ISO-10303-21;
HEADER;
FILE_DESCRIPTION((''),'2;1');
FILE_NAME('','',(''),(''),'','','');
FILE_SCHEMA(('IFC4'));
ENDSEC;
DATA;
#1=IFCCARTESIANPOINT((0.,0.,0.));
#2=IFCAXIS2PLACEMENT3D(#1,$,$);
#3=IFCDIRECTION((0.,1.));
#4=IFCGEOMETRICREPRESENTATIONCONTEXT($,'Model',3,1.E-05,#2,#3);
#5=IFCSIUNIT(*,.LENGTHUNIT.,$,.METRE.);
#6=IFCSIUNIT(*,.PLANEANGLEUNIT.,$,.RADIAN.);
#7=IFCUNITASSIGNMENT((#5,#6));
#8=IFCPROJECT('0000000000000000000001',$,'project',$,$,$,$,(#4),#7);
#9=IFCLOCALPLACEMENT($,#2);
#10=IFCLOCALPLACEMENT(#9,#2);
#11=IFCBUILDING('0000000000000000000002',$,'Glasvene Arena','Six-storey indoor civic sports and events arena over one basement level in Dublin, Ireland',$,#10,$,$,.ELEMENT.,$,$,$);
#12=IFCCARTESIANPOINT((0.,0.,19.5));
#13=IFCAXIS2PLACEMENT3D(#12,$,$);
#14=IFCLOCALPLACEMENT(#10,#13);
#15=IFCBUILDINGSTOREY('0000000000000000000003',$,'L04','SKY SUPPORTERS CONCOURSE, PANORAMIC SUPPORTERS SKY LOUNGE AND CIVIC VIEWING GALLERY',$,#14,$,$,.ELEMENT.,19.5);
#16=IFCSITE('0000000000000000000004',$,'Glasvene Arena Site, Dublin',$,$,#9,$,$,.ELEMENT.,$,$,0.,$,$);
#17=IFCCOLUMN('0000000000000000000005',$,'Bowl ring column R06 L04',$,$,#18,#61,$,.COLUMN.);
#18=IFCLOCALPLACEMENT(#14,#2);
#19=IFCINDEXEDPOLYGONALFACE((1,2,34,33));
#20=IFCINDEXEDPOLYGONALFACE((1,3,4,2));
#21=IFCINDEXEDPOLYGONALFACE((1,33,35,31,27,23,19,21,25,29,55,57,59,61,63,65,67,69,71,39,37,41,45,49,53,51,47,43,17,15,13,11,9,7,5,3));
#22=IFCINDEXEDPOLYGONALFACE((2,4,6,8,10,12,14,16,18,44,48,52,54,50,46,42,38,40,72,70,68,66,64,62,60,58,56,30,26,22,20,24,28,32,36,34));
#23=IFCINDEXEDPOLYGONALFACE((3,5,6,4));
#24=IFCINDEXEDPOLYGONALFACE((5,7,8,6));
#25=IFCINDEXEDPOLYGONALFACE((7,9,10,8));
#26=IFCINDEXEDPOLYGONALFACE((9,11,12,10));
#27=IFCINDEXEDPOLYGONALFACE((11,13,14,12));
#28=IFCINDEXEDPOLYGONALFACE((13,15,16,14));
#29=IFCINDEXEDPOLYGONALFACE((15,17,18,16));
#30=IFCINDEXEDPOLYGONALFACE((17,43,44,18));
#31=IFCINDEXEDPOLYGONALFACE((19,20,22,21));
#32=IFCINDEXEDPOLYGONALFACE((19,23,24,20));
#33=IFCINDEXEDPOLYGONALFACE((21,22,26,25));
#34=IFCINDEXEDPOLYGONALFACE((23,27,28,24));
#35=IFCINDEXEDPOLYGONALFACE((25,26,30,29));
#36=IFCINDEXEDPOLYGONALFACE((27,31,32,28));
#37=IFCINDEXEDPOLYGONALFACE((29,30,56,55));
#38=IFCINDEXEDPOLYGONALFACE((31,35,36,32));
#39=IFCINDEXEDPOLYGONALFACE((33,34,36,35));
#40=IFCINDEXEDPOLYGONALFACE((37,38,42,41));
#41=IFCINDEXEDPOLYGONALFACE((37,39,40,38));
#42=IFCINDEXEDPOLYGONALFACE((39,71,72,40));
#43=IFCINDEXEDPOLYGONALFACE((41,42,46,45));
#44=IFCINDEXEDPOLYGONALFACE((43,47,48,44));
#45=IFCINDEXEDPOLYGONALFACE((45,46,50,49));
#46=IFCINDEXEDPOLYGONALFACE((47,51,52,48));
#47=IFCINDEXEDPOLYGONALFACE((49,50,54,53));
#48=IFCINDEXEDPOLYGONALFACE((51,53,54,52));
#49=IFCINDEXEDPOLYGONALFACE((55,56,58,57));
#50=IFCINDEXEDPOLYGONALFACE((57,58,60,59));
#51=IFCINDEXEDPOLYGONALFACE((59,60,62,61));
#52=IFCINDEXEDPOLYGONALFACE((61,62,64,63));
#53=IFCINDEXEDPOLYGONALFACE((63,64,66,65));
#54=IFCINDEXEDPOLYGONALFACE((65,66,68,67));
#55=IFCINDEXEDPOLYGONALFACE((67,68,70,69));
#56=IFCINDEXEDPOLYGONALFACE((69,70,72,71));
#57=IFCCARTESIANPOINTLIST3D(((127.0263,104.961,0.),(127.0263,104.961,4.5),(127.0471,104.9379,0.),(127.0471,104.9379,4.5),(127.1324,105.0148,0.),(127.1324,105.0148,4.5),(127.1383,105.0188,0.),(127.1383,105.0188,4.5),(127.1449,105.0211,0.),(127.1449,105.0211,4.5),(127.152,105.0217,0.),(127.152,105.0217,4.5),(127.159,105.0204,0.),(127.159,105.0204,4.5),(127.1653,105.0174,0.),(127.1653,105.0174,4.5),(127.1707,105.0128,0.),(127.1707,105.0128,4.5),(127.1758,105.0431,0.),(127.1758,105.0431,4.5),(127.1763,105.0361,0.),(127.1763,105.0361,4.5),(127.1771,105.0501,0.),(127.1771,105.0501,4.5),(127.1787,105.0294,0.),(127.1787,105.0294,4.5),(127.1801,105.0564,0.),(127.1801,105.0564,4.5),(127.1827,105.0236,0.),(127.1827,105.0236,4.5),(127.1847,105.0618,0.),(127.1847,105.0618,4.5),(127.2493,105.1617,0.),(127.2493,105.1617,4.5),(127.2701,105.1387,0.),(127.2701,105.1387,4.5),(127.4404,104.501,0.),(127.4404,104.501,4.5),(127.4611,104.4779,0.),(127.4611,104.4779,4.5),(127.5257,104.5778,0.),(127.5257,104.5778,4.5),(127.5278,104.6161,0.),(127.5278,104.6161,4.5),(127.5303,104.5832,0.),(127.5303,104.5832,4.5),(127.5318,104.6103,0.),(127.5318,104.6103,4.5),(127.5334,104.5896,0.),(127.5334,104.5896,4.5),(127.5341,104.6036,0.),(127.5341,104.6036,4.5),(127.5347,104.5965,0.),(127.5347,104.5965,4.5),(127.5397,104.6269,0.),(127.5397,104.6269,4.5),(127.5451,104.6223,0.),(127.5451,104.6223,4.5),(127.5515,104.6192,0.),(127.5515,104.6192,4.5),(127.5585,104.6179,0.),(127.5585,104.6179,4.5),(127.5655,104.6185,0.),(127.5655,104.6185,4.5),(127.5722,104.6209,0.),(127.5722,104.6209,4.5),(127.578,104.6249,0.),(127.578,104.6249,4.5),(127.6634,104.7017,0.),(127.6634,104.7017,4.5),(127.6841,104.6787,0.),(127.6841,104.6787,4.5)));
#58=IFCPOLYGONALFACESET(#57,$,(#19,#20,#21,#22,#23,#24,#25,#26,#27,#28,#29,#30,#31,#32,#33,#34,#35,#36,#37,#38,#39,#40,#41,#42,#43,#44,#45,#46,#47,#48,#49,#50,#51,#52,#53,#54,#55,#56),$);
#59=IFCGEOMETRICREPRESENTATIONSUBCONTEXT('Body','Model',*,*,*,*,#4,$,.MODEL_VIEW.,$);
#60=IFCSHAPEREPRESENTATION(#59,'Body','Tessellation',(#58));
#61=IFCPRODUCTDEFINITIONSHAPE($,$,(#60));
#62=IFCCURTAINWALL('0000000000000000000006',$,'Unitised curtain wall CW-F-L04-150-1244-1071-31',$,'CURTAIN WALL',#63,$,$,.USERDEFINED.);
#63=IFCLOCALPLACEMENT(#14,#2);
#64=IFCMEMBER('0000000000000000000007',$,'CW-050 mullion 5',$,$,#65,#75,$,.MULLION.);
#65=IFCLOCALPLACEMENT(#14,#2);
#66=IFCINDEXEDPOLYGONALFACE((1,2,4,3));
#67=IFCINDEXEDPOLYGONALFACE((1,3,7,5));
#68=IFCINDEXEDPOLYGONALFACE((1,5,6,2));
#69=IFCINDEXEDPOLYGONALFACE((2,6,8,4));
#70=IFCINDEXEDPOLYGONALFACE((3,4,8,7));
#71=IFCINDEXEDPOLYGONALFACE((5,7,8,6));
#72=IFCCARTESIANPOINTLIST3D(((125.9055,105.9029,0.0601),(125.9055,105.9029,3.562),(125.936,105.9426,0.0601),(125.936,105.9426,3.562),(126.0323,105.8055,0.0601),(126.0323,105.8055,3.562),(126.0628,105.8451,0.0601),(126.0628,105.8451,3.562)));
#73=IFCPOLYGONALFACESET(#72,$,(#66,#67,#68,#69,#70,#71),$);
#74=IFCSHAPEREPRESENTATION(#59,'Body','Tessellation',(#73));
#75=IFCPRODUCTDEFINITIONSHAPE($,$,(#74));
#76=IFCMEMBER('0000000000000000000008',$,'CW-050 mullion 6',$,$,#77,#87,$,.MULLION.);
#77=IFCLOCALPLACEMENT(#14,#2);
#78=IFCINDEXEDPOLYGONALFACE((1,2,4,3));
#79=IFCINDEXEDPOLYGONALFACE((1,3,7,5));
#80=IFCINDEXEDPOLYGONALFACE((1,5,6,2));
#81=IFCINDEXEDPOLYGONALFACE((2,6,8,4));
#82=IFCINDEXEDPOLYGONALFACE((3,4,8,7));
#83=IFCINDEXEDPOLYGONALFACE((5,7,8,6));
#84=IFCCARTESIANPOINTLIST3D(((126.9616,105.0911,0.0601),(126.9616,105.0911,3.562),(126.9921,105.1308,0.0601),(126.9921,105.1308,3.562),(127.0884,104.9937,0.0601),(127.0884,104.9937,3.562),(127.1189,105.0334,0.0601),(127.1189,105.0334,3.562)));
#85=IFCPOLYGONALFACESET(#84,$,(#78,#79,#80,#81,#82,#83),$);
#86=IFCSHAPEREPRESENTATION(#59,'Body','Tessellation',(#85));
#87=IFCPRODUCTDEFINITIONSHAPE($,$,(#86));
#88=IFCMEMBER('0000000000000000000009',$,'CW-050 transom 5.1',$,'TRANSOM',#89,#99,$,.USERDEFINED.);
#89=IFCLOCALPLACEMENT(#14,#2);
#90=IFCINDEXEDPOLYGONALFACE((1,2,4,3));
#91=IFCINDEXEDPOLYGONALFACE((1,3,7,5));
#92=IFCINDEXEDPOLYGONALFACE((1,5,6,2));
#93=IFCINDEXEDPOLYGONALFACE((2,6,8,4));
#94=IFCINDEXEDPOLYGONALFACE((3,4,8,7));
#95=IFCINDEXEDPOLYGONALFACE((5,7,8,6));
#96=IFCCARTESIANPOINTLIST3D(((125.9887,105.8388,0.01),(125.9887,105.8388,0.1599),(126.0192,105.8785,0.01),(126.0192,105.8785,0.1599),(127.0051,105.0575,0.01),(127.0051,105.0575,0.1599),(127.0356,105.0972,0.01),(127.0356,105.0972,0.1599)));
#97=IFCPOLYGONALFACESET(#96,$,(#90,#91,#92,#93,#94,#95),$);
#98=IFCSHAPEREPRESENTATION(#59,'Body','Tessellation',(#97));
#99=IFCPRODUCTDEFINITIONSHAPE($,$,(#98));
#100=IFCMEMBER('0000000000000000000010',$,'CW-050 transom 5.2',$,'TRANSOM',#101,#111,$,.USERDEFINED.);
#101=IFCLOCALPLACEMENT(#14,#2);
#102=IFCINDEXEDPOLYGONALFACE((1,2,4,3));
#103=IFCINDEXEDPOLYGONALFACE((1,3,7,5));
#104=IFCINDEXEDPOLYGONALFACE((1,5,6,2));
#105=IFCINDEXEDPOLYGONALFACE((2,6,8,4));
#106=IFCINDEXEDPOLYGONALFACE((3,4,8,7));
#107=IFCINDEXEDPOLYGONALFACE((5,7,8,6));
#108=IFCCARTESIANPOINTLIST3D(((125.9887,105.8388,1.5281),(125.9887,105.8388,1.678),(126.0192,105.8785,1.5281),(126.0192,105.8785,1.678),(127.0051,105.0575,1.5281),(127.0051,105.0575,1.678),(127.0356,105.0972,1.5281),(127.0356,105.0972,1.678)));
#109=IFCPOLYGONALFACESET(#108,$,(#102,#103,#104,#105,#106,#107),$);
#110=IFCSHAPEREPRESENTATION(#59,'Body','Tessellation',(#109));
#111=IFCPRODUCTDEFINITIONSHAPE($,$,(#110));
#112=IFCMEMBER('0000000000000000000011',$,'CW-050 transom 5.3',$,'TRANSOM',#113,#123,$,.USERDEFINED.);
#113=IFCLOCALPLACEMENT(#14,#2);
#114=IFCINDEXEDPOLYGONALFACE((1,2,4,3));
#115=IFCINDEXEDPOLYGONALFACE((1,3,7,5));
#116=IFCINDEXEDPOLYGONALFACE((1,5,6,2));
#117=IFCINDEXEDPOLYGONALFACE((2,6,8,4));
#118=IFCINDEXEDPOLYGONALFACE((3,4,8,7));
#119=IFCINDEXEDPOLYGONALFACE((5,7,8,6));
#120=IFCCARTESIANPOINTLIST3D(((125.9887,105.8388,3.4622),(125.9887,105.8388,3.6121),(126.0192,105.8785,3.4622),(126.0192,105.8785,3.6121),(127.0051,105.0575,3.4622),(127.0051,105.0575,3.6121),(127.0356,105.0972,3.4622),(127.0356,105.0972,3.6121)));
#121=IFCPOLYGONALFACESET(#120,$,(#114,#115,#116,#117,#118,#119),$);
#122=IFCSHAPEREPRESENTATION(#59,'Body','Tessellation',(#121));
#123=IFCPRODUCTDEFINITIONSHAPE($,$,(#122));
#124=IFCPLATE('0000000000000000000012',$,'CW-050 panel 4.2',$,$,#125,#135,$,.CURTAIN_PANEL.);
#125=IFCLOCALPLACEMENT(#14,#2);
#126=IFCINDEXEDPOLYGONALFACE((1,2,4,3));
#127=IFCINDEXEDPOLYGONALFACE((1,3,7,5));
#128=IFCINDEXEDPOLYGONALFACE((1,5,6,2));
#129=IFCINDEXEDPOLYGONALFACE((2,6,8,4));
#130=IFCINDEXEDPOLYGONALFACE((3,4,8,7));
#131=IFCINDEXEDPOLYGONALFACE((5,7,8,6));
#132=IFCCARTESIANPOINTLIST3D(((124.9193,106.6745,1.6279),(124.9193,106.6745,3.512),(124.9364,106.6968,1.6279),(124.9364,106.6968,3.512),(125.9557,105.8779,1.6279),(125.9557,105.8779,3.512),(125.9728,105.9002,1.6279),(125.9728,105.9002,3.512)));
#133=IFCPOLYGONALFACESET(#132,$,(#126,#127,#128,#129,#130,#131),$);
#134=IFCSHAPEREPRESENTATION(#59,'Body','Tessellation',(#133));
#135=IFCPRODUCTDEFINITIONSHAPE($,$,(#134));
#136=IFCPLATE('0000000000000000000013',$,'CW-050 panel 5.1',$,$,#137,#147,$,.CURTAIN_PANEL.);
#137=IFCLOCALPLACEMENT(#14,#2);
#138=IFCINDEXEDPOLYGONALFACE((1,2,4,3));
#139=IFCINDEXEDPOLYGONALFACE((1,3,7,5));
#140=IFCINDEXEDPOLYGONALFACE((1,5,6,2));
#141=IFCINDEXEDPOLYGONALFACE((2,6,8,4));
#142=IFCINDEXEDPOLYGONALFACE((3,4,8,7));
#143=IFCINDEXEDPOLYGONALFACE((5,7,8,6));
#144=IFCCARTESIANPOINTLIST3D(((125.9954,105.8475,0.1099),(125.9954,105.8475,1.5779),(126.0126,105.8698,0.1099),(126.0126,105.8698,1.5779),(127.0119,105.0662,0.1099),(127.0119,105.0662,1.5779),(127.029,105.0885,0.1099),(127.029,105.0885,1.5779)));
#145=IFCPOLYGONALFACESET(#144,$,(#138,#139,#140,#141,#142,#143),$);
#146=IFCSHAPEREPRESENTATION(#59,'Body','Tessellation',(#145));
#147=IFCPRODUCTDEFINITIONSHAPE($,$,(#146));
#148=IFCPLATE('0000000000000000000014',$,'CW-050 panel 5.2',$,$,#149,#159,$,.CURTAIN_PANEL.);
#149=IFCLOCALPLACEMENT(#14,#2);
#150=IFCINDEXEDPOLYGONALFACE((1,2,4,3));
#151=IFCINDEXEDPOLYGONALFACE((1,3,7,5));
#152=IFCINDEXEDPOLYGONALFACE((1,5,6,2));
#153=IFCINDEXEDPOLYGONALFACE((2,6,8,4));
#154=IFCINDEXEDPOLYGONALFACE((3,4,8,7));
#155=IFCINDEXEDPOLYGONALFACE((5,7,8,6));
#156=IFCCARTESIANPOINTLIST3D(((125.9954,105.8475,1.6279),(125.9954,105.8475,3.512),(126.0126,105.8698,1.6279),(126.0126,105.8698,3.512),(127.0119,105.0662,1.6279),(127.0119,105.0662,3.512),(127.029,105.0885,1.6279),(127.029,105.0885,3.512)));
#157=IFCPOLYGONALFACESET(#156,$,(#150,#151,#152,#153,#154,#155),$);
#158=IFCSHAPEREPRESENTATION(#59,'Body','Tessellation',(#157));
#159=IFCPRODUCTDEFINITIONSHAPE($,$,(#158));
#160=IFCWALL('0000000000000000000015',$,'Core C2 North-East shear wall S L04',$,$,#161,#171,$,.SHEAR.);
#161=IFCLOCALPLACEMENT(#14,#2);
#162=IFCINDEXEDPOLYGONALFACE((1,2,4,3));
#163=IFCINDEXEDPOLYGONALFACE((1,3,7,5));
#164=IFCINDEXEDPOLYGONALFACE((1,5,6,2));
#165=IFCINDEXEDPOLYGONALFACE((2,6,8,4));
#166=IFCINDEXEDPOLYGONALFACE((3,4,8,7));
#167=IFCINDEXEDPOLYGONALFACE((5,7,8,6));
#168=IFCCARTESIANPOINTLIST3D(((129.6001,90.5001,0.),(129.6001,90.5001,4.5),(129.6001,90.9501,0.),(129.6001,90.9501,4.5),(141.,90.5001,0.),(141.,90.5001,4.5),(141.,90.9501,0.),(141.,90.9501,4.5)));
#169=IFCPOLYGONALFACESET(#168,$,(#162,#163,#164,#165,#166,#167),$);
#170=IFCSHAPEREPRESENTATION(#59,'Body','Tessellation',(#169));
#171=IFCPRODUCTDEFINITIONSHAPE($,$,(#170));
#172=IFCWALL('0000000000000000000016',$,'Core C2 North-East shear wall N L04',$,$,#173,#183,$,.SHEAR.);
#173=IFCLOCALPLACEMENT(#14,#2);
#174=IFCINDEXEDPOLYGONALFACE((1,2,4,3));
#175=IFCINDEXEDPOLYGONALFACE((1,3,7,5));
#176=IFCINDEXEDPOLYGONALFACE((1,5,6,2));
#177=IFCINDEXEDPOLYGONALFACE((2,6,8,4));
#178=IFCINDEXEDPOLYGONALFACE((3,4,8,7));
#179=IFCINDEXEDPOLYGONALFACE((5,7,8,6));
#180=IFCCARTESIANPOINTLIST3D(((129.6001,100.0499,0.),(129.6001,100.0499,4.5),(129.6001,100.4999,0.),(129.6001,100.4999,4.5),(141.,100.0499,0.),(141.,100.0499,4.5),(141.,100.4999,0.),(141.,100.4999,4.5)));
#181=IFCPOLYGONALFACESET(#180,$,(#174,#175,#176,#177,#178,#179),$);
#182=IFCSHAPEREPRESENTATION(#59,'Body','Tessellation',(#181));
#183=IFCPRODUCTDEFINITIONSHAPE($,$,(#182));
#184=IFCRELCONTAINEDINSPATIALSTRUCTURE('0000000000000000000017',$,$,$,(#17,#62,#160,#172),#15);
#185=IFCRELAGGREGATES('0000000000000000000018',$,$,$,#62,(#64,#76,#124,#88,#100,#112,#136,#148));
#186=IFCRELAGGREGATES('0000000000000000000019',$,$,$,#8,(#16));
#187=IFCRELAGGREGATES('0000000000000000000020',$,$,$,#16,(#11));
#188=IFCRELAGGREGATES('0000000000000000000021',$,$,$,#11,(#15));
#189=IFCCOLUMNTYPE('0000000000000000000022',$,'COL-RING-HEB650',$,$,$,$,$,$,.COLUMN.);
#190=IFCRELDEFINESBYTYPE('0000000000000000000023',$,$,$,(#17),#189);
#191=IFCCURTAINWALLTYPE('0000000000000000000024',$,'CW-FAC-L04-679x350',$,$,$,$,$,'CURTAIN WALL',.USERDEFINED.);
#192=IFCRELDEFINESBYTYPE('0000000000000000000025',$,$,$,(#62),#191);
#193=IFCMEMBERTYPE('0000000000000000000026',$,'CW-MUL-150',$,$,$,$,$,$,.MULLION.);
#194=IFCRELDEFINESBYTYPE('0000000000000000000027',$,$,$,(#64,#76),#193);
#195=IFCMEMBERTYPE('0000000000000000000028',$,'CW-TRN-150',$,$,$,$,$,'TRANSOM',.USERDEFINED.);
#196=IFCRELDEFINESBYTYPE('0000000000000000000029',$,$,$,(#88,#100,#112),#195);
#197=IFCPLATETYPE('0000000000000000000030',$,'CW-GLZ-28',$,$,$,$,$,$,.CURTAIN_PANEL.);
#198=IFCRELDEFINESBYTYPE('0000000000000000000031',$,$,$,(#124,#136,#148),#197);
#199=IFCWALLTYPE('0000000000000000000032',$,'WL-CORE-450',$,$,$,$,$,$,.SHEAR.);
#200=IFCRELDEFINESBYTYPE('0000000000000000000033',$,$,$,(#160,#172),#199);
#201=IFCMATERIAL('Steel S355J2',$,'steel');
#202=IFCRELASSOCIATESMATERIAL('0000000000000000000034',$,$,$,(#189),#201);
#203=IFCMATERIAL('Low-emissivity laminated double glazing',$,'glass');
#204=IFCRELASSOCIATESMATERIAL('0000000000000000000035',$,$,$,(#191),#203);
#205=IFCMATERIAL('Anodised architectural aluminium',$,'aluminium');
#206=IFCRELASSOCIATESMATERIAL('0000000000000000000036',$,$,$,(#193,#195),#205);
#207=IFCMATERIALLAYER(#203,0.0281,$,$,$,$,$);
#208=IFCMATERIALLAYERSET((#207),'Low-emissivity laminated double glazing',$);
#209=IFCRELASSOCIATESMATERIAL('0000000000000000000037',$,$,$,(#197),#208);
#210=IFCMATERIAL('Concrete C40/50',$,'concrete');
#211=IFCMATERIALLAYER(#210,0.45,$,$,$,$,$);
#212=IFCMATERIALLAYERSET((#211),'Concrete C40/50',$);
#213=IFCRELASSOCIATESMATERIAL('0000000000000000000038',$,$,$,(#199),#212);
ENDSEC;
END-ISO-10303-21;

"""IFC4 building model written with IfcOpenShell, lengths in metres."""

from ifc_helpers import new_model, si_unit, direction, frame, frame_2d, origin, origin_2d, place, context, subcontext, project, spatial, rectangle, i_section, extrude, material, layer, layer_set, material_profile, profile_set, type_object, element, aggregate, save


model = new_model("IFC4")

# Units and contexts
model_context = context("Model", 3, precision=1e-05, world=origin(), true_north=direction((0.0, 1.0)))
body_context = subcontext(model_context, "Body", "Model", "MODEL_VIEW")
ifc_project = project(units=[si_unit("LENGTHUNIT", "METRE"), si_unit("PLANEANGLEUNIT", "RADIAN")], contexts=[model_context])

# Site, building, storey
site_placement = place(None, origin())
site = spatial("IfcSite", under=ifc_project, at=site_placement, Name="Glasvene Arena Site, Dublin", CompositionType="ELEMENT", RefElevation=0.0)
building_placement = place(site_placement, origin())
building = spatial("IfcBuilding", under=site, at=building_placement, Name="Glasvene Arena", Description="Six-storey indoor civic sports and events arena over one basement level in Dublin, Ireland", CompositionType="ELEMENT")
storey_placement = place(building_placement, frame((0.0, 0.0, 19.5)))
storey = spatial("IfcBuildingStorey", under=building, at=storey_placement, Name="L04", Description="SKY SUPPORTERS CONCOURSE, PANORAMIC SUPPORTERS SKY LOUNGE AND CIVIC VIEWING GALLERY", CompositionType="ELEMENT", Elevation=19.5)

# Column
ifc_material_1 = material(Name="Steel S355J2", Category="steel")
ifc_material_profile_1 = material_profile(ifc_material_1, i_section(OverallWidth=0.3, OverallDepth=0.6499, WebThickness=0.0161, FlangeThickness=0.031, FilletRadius=0.0271, at=origin_2d()), Name="HEB 650")
ifc_profile_set_1 = profile_set([ifc_material_profile_1], Name="Steel S355J2")
column_type = type_object("IfcColumnType", Name="COL-RING-HEB650", PredefinedType="COLUMN", material=ifc_profile_set_1)
column_placement = place(storey_placement, frame((127.3552, 104.8198, 0.0), z_axis=(0.0, 0.0, 1.0), x_axis=(0.743262, 0.669001, 0.0)))
element("IfcColumn", 1, at=column_placement, inside=storey, type_object=column_type, Name="Bowl ring column R06 L04", PredefinedType="COLUMN", context=body_context, shape_type="SweptSolid", body=[
    extrude(i_section(OverallWidth=0.3, OverallDepth=0.6499, WebThickness=0.0161, FlangeThickness=0.031, FilletRadius=0.0271, at=origin_2d()), origin(), (0.0, 0.0, 1.0), 4.5),
])

# Curtain wall, members, plates
ifc_material_2 = material(Name="Low-emissivity laminated double glazing", Category="glass")
curtain_wall_type = type_object("IfcCurtainWallType", Name="CW-FAC-L04-679x350", ElementType="CURTAIN WALL", PredefinedType="USERDEFINED", material=ifc_material_2)
curtain_wall_placement = place(storey_placement, frame((121.6804, 109.1821, 0.0)))
curtain_wall = element("IfcCurtainWall", 2, at=curtain_wall_placement, inside=storey, type_object=curtain_wall_type, Name="Unitised curtain wall CW-F-L04-150-1244-1071-31", ObjectType="CURTAIN WALL", PredefinedType="USERDEFINED")
ifc_material_3 = material(Name="Anodised architectural aluminium", Category="aluminium")
ifc_material_profile_2 = material_profile(ifc_material_3, rectangle(XDim=0.05, YDim=0.1599, at=origin_2d()), Name="ALU MULLION 50x160")
ifc_profile_set_2 = profile_set([ifc_material_profile_2], Name="Anodised architectural aluminium")
member_type_1 = type_object("IfcMemberType", Name="CW-MUL-150", PredefinedType="MULLION", material=ifc_profile_set_2)
member_1_placement = place(storey_placement, frame((125.9841, 105.874, 0.0601), z_axis=(0.0, 0.0, 1.0), x_axis=(0.60943, 0.79284, 0.0)))
member_1 = element("IfcMember", 3, at=member_1_placement, type_object=member_type_1, Name="CW-050 mullion 5", PredefinedType="MULLION", context=body_context, shape_type="SweptSolid", body=[
    extrude(rectangle(XDim=0.05, YDim=0.1599, at=origin_2d()), origin(), (0.0, 0.0, 1.0), 3.502),
])
member_2_placement = place(storey_placement, frame((127.0403, 105.0623, 0.0601), z_axis=(0.0, 0.0, 1.0), x_axis=(0.60943, 0.79284, 0.0)))
member_2 = element("IfcMember", 4, at=member_2_placement, type_object=member_type_1, Name="CW-050 mullion 6", PredefinedType="MULLION", context=body_context, shape_type="SweptSolid", body=[
    extrude(rectangle(XDim=0.05, YDim=0.1599, at=origin_2d()), origin(), (0.0, 0.0, 1.0), 3.502),
])
ifc_material_profile_3 = material_profile(ifc_material_3, rectangle(XDim=0.05, YDim=0.1499, at=origin_2d()), Name="ALU TRANSOM 50x150")
ifc_profile_set_3 = profile_set([ifc_material_profile_3], Name="Anodised architectural aluminium")
member_type_2 = type_object("IfcMemberType", Name="CW-TRN-150", ElementType="TRANSOM", PredefinedType="USERDEFINED", material=ifc_profile_set_3)
member_3_placement = place(storey_placement, frame((126.0039, 105.8586, 0.085), z_axis=(0.792836, -0.609435, 0.0), x_axis=(0.609435, 0.792836, 0.0)))
member_3 = element("IfcMember", 5, at=member_3_placement, type_object=member_type_2, Name="CW-050 transom 5.1", ObjectType="TRANSOM", PredefinedType="USERDEFINED", context=body_context, shape_type="SweptSolid", body=[
    extrude(rectangle(XDim=0.05, YDim=0.1499, at=origin_2d()), origin(), (0.0, 0.0, 1.0), 1.282),
])
member_4_placement = place(storey_placement, frame((126.0039, 105.8586, 1.603), z_axis=(0.792836, -0.609435, 0.0), x_axis=(0.609435, 0.792836, 0.0)))
member_4 = element("IfcMember", 6, at=member_4_placement, type_object=member_type_2, Name="CW-050 transom 5.2", ObjectType="TRANSOM", PredefinedType="USERDEFINED", context=body_context, shape_type="SweptSolid", body=[
    extrude(rectangle(XDim=0.05, YDim=0.1499, at=origin_2d()), origin(), (0.0, 0.0, 1.0), 1.282),
])
member_5_placement = place(storey_placement, frame((126.0039, 105.8586, 3.5371), z_axis=(0.792836, -0.609435, 0.0), x_axis=(0.609435, 0.792836, 0.0)))
member_5 = element("IfcMember", 7, at=member_5_placement, type_object=member_type_2, Name="CW-050 transom 5.3", ObjectType="TRANSOM", PredefinedType="USERDEFINED", context=body_context, shape_type="SweptSolid", body=[
    extrude(rectangle(XDim=0.05, YDim=0.1499, at=origin_2d()), origin(), (0.0, 0.0, 1.0), 1.282),
])
ifc_layer_1 = layer(ifc_material_2, 0.0281)
ifc_layer_set_1 = layer_set([ifc_layer_1], Name="Low-emissivity laminated double glazing")
plate_type = type_object("IfcPlateType", Name="CW-GLZ-28", PredefinedType="CURTAIN_PANEL", material=ifc_layer_set_1)
plate_1_placement = place(storey_placement, frame((125.446, 106.2874, 1.6279), z_axis=(0.0, 0.0, 1.0), x_axis=(0.79284, -0.60943, 0.0)))
plate_1 = element("IfcPlate", 8, at=plate_1_placement, type_object=plate_type, Name="CW-050 panel 4.2", PredefinedType="CURTAIN_PANEL", context=body_context, shape_type="SweptSolid", body=[
    extrude(rectangle(XDim=1.3071, YDim=0.0281, at=origin_2d()), origin(), (0.0, 0.0, 1.0), 1.884),
])
plate_2_placement = place(storey_placement, frame((126.5122, 105.468, 0.1099), z_axis=(0.0, 0.0, 1.0), x_axis=(0.79284, -0.60943, 0.0)))
plate_2 = element("IfcPlate", 9, at=plate_2_placement, type_object=plate_type, Name="CW-050 panel 5.1", PredefinedType="CURTAIN_PANEL", context=body_context, shape_type="SweptSolid", body=[
    extrude(rectangle(XDim=1.282, YDim=0.0281, at=origin_2d()), origin(), (0.0, 0.0, 1.0), 1.468),
])
plate_3_placement = place(storey_placement, frame((126.5122, 105.468, 1.6279), z_axis=(0.0, 0.0, 1.0), x_axis=(0.79284, -0.60943, 0.0)))
plate_3 = element("IfcPlate", 10, at=plate_3_placement, type_object=plate_type, Name="CW-050 panel 5.2", PredefinedType="CURTAIN_PANEL", context=body_context, shape_type="SweptSolid", body=[
    extrude(rectangle(XDim=1.282, YDim=0.0281, at=origin_2d()), origin(), (0.0, 0.0, 1.0), 1.884),
])
aggregate(curtain_wall, [member_1, member_2, plate_1, member_3, member_4, member_5, plate_2, plate_3])

# Shared definitions
ifc_material_4 = material(Name="Concrete C40/50", Category="concrete")

# Walls
ifc_layer_2 = layer(ifc_material_4, 0.45)
ifc_layer_set_2 = layer_set([ifc_layer_2], Name="Concrete C40/50")
wall_type_1 = type_object("IfcWallType", Name="WL-CORE-450", PredefinedType="SHEAR", material=ifc_layer_set_2)
for number, where, z_axis, x_axis, name in (
    (11, (129.6001, 90.7251, 0.0), (0.0, 0.0, 1.0), (1.0, 0.0, 0.0), "Core C2 North-East shear wall S L04"),
    (12, (129.6001, 100.2749, 0.0), (0.0, 0.0, 1.0), (1.0, 0.0, 0.0), "Core C2 North-East shear wall N L04"),
):
    element("IfcWall", number, at=place(storey_placement, frame(where, z_axis=z_axis, x_axis=x_axis)), inside=storey, type_object=wall_type_1, Name=name, PredefinedType="SHEAR", context=body_context, shape_type="SweptSolid", body=[
        extrude(rectangle(XDim=11.3999, YDim=0.45, at=frame_2d((5.7, 0.0))), origin(), (0.0, 0.0, 1.0), 4.5),
    ])

save(model, "model.ifc")
